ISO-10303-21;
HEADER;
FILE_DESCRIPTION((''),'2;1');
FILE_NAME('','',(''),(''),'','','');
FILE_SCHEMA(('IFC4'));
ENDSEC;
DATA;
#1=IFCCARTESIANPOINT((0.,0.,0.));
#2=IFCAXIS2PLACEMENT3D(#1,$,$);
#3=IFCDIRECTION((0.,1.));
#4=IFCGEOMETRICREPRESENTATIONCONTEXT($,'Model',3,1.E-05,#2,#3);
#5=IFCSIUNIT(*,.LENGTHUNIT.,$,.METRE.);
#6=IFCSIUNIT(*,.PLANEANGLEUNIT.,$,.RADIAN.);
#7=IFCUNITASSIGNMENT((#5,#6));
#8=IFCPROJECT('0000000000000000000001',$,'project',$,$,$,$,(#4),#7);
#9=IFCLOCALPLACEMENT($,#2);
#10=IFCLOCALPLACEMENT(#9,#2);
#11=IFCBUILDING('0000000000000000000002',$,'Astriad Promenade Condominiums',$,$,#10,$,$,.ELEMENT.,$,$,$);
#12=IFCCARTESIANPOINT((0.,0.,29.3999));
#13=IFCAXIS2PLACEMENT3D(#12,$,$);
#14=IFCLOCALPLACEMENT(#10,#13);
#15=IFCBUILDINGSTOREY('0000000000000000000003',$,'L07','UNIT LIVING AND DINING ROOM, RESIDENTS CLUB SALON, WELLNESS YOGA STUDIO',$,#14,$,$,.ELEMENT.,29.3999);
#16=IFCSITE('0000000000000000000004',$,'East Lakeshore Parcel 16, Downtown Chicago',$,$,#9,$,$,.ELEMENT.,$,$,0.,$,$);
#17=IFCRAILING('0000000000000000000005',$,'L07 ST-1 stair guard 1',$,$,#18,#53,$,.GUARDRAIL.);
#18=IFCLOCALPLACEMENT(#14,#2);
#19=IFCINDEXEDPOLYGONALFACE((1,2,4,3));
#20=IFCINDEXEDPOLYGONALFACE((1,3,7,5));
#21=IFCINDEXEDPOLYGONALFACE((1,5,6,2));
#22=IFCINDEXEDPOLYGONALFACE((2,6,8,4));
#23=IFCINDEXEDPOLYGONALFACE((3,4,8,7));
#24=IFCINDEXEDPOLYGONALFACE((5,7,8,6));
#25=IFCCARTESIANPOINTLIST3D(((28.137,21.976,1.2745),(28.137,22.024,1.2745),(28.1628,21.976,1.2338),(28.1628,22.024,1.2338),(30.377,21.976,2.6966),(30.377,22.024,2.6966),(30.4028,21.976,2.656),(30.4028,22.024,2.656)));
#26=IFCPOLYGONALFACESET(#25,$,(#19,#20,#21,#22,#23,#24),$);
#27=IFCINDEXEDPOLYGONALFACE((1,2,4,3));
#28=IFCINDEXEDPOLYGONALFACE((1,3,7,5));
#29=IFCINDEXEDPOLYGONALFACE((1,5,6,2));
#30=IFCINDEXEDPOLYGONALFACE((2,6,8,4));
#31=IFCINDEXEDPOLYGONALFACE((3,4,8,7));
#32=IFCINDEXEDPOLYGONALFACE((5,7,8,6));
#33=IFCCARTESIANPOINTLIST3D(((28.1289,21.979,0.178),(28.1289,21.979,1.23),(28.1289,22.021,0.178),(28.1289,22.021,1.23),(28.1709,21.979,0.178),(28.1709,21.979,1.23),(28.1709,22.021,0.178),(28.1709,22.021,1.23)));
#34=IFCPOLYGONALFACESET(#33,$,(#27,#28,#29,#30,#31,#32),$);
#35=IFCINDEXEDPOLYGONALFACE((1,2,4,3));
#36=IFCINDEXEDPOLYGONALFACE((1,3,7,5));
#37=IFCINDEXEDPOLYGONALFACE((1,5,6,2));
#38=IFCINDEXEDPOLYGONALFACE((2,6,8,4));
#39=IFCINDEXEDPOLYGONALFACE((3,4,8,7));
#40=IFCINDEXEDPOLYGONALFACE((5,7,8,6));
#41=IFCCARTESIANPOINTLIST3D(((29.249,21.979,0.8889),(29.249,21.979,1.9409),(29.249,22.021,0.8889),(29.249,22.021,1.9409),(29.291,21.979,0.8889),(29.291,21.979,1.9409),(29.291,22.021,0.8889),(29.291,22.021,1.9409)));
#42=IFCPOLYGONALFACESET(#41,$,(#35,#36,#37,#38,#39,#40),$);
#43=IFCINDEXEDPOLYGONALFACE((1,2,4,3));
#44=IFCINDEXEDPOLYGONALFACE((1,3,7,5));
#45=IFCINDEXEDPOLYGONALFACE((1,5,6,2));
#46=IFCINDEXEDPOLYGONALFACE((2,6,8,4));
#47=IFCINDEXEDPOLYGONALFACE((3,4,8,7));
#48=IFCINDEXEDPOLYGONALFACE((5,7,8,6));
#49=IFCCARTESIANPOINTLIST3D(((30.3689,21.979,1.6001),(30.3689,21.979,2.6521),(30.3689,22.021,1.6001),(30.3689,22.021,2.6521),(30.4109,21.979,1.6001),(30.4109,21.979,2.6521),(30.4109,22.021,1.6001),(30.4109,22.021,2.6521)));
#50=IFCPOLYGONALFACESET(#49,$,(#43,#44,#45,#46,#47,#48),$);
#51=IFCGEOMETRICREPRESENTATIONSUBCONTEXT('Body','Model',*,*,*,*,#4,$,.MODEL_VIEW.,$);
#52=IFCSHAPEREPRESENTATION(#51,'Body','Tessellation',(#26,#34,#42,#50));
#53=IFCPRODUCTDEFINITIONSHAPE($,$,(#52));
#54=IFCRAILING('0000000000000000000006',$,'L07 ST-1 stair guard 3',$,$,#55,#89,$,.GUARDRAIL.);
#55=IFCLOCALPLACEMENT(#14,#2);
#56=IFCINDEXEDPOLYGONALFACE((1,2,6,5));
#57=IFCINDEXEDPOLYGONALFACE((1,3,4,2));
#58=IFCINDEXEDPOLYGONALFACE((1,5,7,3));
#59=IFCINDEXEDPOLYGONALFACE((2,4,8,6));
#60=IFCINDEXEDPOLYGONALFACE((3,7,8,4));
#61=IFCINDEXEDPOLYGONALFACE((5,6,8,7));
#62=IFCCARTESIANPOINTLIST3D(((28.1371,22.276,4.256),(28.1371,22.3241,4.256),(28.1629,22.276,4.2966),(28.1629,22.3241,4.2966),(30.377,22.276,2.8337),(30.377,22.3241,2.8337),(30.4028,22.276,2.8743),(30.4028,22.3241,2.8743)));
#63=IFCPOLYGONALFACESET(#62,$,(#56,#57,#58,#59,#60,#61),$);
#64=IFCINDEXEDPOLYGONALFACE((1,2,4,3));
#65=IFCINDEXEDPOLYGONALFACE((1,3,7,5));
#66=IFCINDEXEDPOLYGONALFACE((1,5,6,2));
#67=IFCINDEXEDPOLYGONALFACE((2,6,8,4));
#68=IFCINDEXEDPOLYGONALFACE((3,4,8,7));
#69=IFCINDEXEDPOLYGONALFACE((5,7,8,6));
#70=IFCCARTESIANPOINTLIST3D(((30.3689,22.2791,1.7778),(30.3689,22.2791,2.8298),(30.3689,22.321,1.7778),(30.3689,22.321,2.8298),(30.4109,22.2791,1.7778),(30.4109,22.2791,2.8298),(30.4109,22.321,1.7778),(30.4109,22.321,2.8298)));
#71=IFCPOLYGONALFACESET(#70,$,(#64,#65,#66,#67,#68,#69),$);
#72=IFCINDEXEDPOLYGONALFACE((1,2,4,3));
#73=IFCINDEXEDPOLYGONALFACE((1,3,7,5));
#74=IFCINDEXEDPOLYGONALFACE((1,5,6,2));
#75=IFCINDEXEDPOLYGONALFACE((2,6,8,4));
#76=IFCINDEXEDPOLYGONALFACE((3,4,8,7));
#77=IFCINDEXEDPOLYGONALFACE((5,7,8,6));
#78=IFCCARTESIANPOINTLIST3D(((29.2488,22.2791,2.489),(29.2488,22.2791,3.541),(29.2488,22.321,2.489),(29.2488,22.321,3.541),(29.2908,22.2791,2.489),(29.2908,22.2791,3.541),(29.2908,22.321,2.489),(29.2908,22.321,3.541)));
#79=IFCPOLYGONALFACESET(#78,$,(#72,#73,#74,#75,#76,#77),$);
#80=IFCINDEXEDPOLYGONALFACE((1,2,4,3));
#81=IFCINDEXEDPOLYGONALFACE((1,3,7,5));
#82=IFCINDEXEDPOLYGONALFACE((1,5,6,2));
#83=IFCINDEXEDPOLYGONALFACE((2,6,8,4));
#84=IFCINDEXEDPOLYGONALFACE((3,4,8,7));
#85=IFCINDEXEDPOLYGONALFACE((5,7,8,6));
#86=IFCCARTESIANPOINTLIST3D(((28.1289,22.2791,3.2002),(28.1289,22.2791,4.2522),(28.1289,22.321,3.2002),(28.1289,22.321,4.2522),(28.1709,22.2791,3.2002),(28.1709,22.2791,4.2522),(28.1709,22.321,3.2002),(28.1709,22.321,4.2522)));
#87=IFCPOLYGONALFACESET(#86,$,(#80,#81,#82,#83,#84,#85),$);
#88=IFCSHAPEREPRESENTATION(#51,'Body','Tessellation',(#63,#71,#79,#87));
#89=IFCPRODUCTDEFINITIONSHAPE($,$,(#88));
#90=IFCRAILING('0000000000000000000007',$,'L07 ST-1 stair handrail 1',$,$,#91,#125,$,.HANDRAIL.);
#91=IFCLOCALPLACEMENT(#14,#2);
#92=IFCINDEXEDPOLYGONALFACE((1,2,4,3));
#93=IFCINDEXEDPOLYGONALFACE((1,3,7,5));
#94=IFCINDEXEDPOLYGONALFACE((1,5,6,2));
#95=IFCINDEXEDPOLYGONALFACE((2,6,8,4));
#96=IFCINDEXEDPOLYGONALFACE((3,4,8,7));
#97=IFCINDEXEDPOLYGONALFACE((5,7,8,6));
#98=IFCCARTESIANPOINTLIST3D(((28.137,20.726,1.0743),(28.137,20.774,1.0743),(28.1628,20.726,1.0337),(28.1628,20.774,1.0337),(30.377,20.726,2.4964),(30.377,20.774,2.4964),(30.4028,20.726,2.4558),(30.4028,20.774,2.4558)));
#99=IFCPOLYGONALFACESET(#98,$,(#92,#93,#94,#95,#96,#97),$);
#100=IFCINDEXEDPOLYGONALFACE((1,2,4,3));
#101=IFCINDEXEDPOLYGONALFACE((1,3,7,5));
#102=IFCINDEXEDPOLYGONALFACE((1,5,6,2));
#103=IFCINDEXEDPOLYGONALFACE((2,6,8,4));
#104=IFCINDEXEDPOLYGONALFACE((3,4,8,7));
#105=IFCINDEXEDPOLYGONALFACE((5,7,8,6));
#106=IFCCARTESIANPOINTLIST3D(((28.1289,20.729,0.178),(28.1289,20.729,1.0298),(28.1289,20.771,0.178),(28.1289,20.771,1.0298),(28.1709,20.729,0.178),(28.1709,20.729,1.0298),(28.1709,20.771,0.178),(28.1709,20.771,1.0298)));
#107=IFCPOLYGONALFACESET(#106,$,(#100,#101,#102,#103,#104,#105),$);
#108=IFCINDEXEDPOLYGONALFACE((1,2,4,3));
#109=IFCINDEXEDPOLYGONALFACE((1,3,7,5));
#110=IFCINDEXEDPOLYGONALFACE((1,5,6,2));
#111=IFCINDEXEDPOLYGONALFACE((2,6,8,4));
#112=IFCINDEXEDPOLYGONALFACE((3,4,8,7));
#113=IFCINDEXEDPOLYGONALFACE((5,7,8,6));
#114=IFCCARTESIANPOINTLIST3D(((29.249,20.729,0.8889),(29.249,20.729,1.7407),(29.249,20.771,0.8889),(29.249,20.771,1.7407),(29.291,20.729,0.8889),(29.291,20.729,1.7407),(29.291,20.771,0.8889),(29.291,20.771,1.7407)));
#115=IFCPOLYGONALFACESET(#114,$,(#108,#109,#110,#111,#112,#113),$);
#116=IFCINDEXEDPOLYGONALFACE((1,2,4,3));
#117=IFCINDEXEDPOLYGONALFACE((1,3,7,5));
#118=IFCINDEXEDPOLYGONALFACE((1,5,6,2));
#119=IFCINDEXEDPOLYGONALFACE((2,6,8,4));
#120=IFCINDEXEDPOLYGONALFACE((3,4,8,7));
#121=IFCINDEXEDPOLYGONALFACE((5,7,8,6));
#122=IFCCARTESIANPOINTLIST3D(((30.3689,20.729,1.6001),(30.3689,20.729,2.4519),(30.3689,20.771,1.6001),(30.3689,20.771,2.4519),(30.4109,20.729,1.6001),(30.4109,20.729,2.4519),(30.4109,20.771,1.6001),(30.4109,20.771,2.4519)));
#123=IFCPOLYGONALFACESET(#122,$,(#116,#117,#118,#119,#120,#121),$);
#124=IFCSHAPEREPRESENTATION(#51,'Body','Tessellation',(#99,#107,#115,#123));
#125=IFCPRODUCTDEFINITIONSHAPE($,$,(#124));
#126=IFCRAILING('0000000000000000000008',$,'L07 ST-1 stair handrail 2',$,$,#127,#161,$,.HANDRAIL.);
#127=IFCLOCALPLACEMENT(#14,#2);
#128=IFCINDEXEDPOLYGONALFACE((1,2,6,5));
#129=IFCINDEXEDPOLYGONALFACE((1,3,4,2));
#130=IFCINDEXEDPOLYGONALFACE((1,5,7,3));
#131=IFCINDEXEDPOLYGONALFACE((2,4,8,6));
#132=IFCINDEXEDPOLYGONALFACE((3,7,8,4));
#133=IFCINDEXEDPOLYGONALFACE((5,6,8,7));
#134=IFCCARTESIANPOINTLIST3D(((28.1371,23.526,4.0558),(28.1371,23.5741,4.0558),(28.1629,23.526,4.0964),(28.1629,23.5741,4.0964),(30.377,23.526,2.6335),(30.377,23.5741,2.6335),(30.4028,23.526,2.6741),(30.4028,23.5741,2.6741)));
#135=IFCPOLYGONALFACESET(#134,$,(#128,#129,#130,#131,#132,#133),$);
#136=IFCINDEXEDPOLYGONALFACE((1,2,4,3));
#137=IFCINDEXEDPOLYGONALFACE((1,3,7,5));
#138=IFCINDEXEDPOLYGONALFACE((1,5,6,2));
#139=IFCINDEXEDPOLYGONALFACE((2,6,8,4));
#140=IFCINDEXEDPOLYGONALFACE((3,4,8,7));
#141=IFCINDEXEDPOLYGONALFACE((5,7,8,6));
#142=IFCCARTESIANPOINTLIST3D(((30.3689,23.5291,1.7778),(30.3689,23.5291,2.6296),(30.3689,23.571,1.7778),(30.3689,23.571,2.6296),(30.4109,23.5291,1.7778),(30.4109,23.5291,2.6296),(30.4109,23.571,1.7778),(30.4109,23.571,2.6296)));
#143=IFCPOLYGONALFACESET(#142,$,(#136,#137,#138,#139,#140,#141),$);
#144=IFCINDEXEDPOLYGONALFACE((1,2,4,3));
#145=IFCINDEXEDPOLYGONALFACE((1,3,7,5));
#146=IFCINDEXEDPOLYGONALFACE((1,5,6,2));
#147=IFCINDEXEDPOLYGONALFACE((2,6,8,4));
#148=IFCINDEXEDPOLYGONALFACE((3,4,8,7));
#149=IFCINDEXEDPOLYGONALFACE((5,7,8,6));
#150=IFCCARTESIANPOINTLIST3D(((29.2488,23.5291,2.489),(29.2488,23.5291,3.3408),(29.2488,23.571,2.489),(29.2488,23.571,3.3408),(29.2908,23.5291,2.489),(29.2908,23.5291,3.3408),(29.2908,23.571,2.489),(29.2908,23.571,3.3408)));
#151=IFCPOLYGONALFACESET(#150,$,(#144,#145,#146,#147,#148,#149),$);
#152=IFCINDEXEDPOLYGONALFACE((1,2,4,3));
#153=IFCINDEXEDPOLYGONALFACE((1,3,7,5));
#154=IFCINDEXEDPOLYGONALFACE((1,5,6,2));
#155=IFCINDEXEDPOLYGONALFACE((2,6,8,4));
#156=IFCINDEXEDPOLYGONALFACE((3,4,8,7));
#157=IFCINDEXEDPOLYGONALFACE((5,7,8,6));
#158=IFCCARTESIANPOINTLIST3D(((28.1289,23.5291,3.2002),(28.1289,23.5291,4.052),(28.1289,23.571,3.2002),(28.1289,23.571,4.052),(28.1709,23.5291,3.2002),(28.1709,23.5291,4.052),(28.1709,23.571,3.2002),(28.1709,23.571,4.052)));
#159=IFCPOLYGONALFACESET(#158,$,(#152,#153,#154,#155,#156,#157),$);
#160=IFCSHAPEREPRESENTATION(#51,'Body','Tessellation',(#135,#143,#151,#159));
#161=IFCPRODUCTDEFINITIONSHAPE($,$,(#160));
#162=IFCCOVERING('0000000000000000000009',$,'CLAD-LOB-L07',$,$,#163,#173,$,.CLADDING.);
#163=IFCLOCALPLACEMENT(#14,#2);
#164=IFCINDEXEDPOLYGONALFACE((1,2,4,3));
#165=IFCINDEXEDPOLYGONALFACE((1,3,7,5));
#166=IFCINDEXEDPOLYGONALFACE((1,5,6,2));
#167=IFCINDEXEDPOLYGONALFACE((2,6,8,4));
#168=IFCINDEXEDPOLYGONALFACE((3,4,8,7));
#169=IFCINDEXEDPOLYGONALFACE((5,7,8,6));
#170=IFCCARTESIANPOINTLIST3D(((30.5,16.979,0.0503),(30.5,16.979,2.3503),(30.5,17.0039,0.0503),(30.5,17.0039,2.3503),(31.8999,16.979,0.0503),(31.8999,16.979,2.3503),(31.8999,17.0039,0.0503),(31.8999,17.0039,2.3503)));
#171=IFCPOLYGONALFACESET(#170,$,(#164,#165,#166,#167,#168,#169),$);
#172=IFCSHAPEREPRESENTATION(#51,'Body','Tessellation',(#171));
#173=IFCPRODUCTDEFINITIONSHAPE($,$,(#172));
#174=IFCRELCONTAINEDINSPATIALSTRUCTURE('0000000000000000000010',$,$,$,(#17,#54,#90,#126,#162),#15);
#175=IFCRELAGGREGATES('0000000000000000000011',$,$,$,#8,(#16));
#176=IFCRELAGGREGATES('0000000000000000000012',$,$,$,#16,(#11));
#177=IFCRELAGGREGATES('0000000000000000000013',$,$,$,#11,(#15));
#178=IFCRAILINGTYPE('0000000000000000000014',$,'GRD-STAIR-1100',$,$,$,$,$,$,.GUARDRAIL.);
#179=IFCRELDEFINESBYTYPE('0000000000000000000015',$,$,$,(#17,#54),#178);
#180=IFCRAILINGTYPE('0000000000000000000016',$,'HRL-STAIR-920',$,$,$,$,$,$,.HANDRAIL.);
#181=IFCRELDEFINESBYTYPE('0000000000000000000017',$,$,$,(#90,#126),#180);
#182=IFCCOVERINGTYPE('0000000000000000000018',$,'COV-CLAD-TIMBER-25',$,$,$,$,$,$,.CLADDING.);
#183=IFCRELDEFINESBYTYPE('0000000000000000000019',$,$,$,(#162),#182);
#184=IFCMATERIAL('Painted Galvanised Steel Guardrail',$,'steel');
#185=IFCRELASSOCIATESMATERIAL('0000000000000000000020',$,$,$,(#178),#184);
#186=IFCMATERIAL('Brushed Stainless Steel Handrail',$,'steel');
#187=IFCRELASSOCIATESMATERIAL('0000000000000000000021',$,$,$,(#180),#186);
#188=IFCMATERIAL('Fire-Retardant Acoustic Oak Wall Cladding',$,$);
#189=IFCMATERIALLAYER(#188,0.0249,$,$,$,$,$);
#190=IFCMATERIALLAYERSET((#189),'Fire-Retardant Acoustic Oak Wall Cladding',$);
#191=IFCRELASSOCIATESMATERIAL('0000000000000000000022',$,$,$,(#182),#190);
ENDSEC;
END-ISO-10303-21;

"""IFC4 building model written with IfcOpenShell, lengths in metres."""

from ifc_helpers import new_model, si_unit, direction, frame, origin, origin_2d, place, context, subcontext, project, spatial, rectangle, extrude, source, transform, mapped, material, layer, layer_set, type_object, type_shapes, element, save


model = new_model("IFC4")

# Units and contexts
model_context = context("Model", 3, precision=1e-05, world=origin(), true_north=direction((0.0, 1.0)))
body_context = subcontext(model_context, "Body", "Model", "MODEL_VIEW")
ifc_project = project(units=[si_unit("LENGTHUNIT", "METRE"), si_unit("PLANEANGLEUNIT", "RADIAN")], contexts=[model_context])

# Site, building, storey
site_placement = place(None, origin())
site = spatial("IfcSite", under=ifc_project, at=site_placement, Name="East Lakeshore Parcel 16, Downtown Chicago", CompositionType="ELEMENT", RefElevation=0.0)
building_placement = place(site_placement, origin())
building = spatial("IfcBuilding", under=site, at=building_placement, Name="Astriad Promenade Condominiums", CompositionType="ELEMENT")
storey_placement = place(building_placement, frame((0.0, 0.0, 29.3999)))
storey = spatial("IfcBuildingStorey", under=building, at=storey_placement, Name="L07", Description="UNIT LIVING AND DINING ROOM, RESIDENTS CLUB SALON, WELLNESS YOGA STUDIO", CompositionType="ELEMENT", Elevation=29.3999)

# Railings
ifc_material_1 = material(Name="Painted Galvanised Steel Guardrail", Category="steel")
railing_type_1 = type_object("IfcRailingType", Name="GRD-STAIR-1100", PredefinedType="GUARDRAIL", material=ifc_material_1)
shared_shape_1 = source(origin(), body_context, "Body", "SweptSolid", [
    extrude(rectangle(XDim=0.0481, YDim=0.0481, at=origin_2d()), frame((0.0, 0.0, 1.0762), z_axis=(0.844229, 0.0, 0.535982), x_axis=(0.0, 1.0, 0.0)), (0.0, 0.0, 1.0), 2.6533),
    extrude(rectangle(XDim=0.042, YDim=0.042, at=origin_2d()), origin(), (0.0, 0.0, 1.0), 1.052),
    extrude(rectangle(XDim=0.042, YDim=0.042, at=origin_2d()), frame((1.1201, 0.0, 0.7109)), (0.0, 0.0, 1.0), 1.052),
    extrude(rectangle(XDim=0.042, YDim=0.042, at=origin_2d()), frame((2.24, 0.0, 1.4221)), (0.0, 0.0, 1.0), 1.052),
])
railing_1_placement = place(storey_placement, frame((28.1499, 22.0, 0.178)))
element("IfcRailing", 1, at=railing_1_placement, inside=storey, type_object=railing_type_1, Name="L07 ST-1 stair guard 1", PredefinedType="GUARDRAIL", context=body_context, shape_type="MappedRepresentation", body=[
    mapped(shared_shape_1, transform((0.0, 0.0, 0.0), scale=1.0)),
])
shared_shape_2 = source(origin(), body_context, "Body", "SweptSolid", [
    extrude(rectangle(XDim=0.0481, YDim=0.0481, at=origin_2d()), frame((0.0, 0.0, 1.0762), z_axis=(-0.844188, 0.0, 0.536048), x_axis=(0.0, -1.0, 0.0)), (0.0, 0.0, 1.0), 2.6533),
    extrude(rectangle(XDim=0.042, YDim=0.042, at=origin_2d()), origin(), (0.0, 0.0, 1.0), 1.052),
    extrude(rectangle(XDim=0.042, YDim=0.042, at=origin_2d()), frame((-1.1201, 0.0, 0.7112)), (0.0, 0.0, 1.0), 1.052),
    extrude(rectangle(XDim=0.042, YDim=0.042, at=origin_2d()), frame((-2.24, 0.0, 1.4224)), (0.0, 0.0, 1.0), 1.052),
])
railing_2_placement = place(storey_placement, frame((30.3899, 22.3, 1.7778)))
element("IfcRailing", 2, at=railing_2_placement, inside=storey, type_object=railing_type_1, Name="L07 ST-1 stair guard 3", PredefinedType="GUARDRAIL", context=body_context, shape_type="MappedRepresentation", body=[
    mapped(shared_shape_2, transform((0.0, 0.0, 0.0), scale=1.0)),
])
ifc_material_2 = material(Name="Brushed Stainless Steel Handrail", Category="steel")
railing_type_2 = type_object("IfcRailingType", Name="HRL-STAIR-920", PredefinedType="HANDRAIL", material=ifc_material_2)
shared_shape_3 = source(origin(), body_context, "Body", "SweptSolid", [
    extrude(rectangle(XDim=0.0481, YDim=0.0481, at=origin_2d()), frame((0.0, 0.0, 0.876), z_axis=(0.844229, 0.0, 0.535982), x_axis=(0.0, 1.0, 0.0)), (0.0, 0.0, 1.0), 2.6533),
    extrude(rectangle(XDim=0.042, YDim=0.042, at=origin_2d()), origin(), (0.0, 0.0, 1.0), 0.8518),
    extrude(rectangle(XDim=0.042, YDim=0.042, at=origin_2d()), frame((1.1201, 0.0, 0.7109)), (0.0, 0.0, 1.0), 0.8518),
    extrude(rectangle(XDim=0.042, YDim=0.042, at=origin_2d()), frame((2.24, 0.0, 1.4221)), (0.0, 0.0, 1.0), 0.8518),
])
railing_3_placement = place(storey_placement, frame((28.1499, 20.75, 0.178)))
element("IfcRailing", 3, at=railing_3_placement, inside=storey, type_object=railing_type_2, Name="L07 ST-1 stair handrail 1", PredefinedType="HANDRAIL", context=body_context, shape_type="MappedRepresentation", body=[
    mapped(shared_shape_3, transform((0.0, 0.0, 0.0), scale=1.0)),
])
shared_shape_4 = source(origin(), body_context, "Body", "SweptSolid", [
    extrude(rectangle(XDim=0.0481, YDim=0.0481, at=origin_2d()), frame((0.0, 0.0, 0.876), z_axis=(-0.844188, 0.0, 0.536048), x_axis=(0.0, -1.0, 0.0)), (0.0, 0.0, 1.0), 2.6533),
    extrude(rectangle(XDim=0.042, YDim=0.042, at=origin_2d()), origin(), (0.0, 0.0, 1.0), 0.8518),
    extrude(rectangle(XDim=0.042, YDim=0.042, at=origin_2d()), frame((-1.1201, 0.0, 0.7112)), (0.0, 0.0, 1.0), 0.8518),
    extrude(rectangle(XDim=0.042, YDim=0.042, at=origin_2d()), frame((-2.24, 0.0, 1.4224)), (0.0, 0.0, 1.0), 0.8518),
])
type_shapes(railing_type_2, [shared_shape_3, shared_shape_4])
railing_4_placement = place(storey_placement, frame((30.3899, 23.55, 1.7778)))
element("IfcRailing", 4, at=railing_4_placement, inside=storey, type_object=railing_type_2, Name="L07 ST-1 stair handrail 2", PredefinedType="HANDRAIL", context=body_context, shape_type="MappedRepresentation", body=[
    mapped(shared_shape_4, transform((0.0, 0.0, 0.0), scale=1.0)),
])

# Covering
ifc_material_3 = material(Name="Fire-Retardant Acoustic Oak Wall Cladding")
ifc_layer_1 = layer(ifc_material_3, 0.0249)
ifc_layer_set_1 = layer_set([ifc_layer_1], Name="Fire-Retardant Acoustic Oak Wall Cladding")
covering_type = type_object("IfcCoveringType", Name="COV-CLAD-TIMBER-25", PredefinedType="CLADDING", material=ifc_layer_set_1)
shared_shape_5 = source(origin(), body_context, "Body", "SweptSolid", [
    extrude(rectangle(XDim=1.3999, YDim=0.0249, at=origin_2d()), origin(), (0.0, 0.0, 1.0), 2.3),
])
type_shapes(covering_type, [shared_shape_5])
covering_placement = place(storey_placement, frame((31.2, 16.9915, 0.0503), z_axis=(0.0, 0.0, 1.0), x_axis=(1.0, 0.0, 0.0)))
element("IfcCovering", 5, at=covering_placement, inside=storey, type_object=covering_type, Name="CLAD-LOB-L07", PredefinedType="CLADDING", context=body_context, shape_type="MappedRepresentation", body=[
    mapped(shared_shape_5, transform((0.0, 0.0, 0.0), scale=1.0)),
])

save(model, "model.ifc")
